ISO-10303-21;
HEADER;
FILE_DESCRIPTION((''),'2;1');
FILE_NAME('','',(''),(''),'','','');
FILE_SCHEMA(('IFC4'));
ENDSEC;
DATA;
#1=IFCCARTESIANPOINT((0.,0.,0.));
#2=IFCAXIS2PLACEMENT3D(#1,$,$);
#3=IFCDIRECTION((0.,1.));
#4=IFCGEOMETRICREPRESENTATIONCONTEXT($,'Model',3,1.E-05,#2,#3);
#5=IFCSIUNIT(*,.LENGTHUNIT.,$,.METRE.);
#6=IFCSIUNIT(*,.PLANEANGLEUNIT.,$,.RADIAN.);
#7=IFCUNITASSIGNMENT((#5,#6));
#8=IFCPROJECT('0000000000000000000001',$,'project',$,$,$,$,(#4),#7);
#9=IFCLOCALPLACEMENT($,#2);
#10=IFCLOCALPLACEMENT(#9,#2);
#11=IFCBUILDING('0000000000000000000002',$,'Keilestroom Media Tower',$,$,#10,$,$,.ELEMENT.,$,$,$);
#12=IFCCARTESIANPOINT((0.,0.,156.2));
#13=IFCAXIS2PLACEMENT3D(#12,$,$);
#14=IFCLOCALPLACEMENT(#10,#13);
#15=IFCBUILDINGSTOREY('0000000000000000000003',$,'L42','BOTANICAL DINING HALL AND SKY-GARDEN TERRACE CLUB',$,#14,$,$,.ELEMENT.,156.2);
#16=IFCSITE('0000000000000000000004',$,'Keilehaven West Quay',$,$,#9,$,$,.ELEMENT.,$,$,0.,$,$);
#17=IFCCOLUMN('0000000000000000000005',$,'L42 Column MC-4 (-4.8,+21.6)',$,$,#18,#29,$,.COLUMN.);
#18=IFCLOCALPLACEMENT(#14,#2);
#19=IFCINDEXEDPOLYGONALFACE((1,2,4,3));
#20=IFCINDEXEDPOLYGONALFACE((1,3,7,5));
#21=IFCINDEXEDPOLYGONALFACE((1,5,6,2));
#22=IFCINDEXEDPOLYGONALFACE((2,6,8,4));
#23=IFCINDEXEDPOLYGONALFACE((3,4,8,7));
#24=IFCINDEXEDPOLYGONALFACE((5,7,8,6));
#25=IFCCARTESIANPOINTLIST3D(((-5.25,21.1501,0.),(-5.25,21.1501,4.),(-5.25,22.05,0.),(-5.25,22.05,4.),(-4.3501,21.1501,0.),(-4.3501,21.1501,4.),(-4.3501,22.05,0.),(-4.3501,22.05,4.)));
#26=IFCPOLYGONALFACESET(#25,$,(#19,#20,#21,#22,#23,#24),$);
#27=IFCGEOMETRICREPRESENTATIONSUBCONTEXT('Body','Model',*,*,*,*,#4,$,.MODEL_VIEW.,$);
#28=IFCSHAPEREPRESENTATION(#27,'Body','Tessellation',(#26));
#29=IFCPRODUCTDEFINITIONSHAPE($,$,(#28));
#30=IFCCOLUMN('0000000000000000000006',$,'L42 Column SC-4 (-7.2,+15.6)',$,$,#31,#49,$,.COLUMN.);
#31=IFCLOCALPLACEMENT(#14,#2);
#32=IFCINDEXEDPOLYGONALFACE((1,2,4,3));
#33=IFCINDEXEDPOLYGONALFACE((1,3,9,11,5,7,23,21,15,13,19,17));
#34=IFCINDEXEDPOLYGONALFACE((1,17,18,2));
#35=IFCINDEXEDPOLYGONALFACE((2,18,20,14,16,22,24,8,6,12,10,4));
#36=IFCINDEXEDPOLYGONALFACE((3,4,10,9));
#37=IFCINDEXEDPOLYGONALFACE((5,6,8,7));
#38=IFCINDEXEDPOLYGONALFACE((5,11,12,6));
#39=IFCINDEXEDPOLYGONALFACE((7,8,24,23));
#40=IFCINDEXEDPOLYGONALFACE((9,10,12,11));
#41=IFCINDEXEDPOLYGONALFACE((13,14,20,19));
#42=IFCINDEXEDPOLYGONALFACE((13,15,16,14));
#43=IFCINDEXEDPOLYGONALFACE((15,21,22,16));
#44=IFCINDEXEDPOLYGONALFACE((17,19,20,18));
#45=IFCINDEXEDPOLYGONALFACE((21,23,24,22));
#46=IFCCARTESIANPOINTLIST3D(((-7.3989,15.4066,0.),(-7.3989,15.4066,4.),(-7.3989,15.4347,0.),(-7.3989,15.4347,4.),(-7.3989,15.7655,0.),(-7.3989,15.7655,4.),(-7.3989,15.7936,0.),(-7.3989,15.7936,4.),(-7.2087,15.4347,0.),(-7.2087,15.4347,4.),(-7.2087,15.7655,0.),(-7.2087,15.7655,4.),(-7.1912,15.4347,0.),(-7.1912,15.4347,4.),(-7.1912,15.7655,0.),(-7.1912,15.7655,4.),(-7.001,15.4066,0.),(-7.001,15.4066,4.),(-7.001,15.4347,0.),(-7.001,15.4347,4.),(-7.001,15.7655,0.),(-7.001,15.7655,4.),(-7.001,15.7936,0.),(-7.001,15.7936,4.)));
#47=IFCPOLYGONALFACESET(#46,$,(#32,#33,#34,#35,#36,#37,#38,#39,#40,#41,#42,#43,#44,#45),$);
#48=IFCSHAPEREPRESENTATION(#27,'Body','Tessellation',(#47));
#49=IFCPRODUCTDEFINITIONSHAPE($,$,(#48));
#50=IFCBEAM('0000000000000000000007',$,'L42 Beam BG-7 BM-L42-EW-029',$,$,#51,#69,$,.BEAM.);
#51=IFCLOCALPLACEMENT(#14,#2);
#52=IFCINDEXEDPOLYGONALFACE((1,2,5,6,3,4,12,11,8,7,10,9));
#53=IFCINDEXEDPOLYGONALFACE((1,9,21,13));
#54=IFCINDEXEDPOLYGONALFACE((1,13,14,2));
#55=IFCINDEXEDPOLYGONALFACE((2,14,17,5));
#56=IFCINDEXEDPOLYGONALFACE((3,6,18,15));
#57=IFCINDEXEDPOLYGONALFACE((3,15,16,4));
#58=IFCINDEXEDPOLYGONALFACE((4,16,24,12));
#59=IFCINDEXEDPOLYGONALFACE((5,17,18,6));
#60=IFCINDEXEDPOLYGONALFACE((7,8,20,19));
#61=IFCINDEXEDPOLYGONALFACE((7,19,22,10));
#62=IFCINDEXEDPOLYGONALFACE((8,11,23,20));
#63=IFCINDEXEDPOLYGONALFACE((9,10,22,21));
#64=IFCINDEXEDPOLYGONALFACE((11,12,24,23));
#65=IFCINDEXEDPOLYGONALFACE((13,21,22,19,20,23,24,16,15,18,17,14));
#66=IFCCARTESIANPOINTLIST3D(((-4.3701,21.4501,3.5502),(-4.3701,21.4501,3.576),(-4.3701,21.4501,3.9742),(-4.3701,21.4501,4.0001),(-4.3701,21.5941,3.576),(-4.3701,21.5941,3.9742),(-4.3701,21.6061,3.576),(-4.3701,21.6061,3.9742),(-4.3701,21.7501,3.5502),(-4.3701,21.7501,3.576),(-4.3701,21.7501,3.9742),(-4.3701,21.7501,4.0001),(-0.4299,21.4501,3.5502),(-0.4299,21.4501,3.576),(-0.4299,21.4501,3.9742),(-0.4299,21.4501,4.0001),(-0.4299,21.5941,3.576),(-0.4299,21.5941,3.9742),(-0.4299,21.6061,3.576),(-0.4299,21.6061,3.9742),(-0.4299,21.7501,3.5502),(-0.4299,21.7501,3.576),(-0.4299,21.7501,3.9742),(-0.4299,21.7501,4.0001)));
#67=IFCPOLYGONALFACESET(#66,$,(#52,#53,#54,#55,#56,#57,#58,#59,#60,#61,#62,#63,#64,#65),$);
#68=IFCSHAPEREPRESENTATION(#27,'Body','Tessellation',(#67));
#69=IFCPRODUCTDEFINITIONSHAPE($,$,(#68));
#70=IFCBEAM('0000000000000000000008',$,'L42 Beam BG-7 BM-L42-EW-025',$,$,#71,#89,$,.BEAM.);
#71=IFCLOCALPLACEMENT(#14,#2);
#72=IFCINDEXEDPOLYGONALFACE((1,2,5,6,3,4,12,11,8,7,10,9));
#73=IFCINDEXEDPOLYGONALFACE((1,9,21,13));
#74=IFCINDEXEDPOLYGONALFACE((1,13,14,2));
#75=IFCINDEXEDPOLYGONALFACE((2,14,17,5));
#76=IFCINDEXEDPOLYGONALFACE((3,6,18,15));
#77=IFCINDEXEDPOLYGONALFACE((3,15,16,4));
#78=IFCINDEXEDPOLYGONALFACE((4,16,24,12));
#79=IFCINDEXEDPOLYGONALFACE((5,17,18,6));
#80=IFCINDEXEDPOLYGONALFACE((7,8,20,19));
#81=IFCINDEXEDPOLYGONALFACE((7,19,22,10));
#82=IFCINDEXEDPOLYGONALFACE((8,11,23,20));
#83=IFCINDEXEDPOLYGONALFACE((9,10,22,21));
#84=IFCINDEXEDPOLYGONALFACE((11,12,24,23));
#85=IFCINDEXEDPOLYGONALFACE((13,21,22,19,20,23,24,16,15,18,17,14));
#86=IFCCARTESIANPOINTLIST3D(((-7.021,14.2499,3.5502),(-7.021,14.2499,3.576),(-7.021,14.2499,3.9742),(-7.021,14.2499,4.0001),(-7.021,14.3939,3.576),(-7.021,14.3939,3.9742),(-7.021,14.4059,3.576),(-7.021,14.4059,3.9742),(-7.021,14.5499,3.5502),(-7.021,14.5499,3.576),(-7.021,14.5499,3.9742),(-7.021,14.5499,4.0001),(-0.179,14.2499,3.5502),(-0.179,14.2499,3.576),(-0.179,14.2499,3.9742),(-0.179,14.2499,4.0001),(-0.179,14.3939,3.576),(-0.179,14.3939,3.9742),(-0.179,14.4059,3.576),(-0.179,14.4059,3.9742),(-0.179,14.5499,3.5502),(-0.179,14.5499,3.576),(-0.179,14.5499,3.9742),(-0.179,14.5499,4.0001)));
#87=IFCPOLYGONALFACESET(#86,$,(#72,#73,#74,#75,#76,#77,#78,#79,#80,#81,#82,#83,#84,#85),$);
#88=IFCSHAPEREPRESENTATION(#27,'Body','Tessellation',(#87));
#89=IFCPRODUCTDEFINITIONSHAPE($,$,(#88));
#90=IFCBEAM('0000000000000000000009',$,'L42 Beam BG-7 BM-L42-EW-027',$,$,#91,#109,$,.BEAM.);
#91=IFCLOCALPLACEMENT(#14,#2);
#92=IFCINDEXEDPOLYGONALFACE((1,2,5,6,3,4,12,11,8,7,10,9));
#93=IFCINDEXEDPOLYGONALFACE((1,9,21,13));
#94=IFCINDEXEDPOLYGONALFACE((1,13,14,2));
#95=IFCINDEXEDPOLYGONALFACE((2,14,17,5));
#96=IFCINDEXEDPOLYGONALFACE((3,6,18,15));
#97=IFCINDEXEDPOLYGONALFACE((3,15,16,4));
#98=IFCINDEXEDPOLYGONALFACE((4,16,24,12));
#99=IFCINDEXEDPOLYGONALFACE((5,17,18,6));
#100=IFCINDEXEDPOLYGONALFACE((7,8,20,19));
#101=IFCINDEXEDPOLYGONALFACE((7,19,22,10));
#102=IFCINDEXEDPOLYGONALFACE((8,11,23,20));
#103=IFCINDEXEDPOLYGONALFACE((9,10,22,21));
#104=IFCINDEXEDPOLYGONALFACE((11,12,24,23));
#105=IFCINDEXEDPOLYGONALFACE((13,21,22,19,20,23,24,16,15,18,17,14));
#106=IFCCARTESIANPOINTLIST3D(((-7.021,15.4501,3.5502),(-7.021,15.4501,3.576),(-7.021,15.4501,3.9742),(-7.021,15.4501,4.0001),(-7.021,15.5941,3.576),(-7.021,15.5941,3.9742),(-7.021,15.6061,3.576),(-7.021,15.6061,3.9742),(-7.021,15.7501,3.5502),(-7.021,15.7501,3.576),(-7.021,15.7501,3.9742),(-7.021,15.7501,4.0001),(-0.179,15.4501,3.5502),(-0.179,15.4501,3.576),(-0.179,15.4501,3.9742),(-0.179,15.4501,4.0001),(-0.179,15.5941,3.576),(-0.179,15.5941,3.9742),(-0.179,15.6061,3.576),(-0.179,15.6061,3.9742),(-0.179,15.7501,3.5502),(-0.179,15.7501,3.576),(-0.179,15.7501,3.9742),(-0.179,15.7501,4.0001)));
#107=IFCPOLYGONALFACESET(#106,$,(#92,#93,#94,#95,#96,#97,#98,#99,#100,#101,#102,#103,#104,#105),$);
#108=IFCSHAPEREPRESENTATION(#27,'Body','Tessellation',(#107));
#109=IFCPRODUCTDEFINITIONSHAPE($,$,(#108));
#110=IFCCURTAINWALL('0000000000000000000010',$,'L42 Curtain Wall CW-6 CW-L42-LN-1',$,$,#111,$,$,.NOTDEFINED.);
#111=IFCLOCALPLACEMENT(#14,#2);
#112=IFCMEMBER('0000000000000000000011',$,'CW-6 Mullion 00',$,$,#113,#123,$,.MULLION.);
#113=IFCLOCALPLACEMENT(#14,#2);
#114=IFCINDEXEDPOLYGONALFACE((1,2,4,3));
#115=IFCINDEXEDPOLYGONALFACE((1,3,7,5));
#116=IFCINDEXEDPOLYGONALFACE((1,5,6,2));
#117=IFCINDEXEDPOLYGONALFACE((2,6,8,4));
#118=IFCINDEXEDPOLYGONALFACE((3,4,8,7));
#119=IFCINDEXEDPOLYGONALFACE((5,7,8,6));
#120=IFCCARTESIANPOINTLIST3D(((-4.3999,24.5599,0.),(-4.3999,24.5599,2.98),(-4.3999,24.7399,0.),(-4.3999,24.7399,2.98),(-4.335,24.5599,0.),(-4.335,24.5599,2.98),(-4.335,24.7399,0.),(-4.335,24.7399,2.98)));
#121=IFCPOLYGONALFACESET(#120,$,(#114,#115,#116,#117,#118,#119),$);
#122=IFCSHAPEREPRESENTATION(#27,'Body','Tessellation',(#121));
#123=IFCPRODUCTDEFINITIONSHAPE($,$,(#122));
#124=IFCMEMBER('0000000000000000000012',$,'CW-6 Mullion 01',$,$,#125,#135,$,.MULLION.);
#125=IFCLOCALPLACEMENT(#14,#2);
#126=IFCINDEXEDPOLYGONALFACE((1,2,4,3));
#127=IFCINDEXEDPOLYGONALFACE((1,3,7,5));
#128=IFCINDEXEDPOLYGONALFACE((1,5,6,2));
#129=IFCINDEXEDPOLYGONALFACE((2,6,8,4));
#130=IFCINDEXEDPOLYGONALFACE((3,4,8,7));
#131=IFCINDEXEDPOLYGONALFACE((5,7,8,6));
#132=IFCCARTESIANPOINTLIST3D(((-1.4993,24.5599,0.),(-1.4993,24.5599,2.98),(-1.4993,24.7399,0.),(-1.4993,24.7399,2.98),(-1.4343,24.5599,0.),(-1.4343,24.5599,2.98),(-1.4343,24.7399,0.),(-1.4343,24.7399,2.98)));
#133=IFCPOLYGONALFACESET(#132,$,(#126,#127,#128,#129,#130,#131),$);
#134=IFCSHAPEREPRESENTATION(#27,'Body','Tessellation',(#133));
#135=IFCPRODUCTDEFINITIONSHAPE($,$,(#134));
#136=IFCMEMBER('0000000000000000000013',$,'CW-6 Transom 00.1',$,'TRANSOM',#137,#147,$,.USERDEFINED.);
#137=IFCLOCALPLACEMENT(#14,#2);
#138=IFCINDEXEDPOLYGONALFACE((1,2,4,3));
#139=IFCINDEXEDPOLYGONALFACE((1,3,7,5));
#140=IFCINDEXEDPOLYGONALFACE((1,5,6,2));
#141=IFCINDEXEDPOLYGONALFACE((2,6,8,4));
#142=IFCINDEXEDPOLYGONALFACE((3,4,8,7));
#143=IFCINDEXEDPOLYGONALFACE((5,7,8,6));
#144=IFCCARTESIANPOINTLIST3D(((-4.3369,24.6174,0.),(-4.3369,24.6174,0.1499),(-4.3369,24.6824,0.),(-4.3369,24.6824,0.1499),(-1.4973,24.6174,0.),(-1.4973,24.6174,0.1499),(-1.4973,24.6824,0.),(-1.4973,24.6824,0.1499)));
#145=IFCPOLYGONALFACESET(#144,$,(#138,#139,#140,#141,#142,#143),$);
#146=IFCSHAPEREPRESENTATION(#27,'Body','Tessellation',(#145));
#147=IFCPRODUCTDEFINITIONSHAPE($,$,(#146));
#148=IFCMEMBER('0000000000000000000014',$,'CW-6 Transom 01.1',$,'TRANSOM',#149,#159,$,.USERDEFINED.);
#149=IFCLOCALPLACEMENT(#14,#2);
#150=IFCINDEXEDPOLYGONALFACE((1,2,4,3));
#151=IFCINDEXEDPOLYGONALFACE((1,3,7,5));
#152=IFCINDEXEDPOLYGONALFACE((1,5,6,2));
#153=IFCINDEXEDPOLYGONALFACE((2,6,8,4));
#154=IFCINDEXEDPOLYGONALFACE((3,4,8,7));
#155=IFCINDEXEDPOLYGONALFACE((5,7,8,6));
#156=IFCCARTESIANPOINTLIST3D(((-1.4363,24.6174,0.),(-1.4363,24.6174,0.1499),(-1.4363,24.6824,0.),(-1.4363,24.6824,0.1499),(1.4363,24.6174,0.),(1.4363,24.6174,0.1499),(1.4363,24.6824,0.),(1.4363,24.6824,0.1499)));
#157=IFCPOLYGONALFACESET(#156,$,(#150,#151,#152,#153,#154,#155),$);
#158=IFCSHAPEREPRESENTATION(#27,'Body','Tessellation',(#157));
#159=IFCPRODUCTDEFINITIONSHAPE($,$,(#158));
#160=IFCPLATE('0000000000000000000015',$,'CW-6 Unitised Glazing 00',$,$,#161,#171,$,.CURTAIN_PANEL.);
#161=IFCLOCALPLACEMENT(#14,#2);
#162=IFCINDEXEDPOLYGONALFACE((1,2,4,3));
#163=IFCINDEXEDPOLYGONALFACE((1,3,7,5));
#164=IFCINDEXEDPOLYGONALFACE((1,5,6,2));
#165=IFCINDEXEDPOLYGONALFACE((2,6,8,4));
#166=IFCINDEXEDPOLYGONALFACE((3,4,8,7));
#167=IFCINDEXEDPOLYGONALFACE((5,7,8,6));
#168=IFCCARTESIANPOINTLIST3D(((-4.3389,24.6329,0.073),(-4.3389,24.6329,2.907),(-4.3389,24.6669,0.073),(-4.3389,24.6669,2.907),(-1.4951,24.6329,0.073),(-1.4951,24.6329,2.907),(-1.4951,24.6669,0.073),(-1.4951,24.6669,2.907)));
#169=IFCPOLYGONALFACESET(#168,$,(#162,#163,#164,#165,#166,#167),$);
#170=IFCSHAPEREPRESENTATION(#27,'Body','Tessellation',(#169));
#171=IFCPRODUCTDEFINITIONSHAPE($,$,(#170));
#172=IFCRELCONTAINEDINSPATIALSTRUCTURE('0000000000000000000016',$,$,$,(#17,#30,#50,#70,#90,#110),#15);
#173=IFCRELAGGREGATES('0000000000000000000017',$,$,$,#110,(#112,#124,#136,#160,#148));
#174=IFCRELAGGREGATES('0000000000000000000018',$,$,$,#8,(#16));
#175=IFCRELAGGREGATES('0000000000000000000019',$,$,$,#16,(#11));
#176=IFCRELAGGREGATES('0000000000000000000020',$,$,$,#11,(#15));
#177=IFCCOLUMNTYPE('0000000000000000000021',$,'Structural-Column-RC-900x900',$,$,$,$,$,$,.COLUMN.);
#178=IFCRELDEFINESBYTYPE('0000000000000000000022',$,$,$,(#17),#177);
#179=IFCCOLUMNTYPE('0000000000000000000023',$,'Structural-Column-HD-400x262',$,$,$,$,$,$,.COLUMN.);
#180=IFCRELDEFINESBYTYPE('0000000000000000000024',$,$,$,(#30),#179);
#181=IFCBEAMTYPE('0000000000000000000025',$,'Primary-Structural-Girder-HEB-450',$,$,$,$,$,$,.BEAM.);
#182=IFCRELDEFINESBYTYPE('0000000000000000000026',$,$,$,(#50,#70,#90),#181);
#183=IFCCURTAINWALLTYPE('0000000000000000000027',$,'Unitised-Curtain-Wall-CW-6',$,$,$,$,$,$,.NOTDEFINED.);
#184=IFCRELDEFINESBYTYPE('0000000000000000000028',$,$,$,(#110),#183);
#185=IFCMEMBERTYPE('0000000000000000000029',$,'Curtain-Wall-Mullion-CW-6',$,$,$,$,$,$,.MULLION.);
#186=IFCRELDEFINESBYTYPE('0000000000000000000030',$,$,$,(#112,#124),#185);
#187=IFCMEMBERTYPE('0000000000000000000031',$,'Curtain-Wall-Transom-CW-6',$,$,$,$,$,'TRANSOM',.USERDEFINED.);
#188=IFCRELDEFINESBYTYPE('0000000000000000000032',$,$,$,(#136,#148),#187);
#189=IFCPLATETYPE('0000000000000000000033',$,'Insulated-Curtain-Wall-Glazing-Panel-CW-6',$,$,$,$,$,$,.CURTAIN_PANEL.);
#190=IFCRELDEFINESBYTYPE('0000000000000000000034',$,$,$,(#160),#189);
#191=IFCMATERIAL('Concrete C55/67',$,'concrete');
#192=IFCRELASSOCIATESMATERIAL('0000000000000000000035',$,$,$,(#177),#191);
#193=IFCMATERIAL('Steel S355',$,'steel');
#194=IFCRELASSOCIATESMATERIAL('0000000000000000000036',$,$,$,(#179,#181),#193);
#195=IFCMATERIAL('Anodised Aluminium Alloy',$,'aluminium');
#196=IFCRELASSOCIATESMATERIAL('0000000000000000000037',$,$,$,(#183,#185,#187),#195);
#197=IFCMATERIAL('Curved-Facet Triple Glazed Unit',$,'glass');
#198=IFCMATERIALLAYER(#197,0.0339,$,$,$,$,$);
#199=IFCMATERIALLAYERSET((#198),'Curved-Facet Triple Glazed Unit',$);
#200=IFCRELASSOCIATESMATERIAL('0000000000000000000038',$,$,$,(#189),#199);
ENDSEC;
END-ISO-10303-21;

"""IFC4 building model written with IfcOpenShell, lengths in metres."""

from ifc_helpers import new_model, si_unit, direction, frame, origin, origin_2d, place, context, subcontext, project, spatial, rectangle, i_section, extrude, source, transform, mapped, material, layer, layer_set, material_profile, profile_set, type_object, element, aggregate, save


model = new_model("IFC4")

# Units and contexts
model_context = context("Model", 3, precision=1e-05, world=origin(), true_north=direction((0.0, 1.0)))
body_context = subcontext(model_context, "Body", "Model", "MODEL_VIEW")
ifc_project = project(units=[si_unit("LENGTHUNIT", "METRE"), si_unit("PLANEANGLEUNIT", "RADIAN")], contexts=[model_context])

# Site, building, storey
site_placement = place(None, origin())
site = spatial("IfcSite", under=ifc_project, at=site_placement, Name="Keilehaven West Quay", CompositionType="ELEMENT", RefElevation=0.0)
building_placement = place(site_placement, origin())
building = spatial("IfcBuilding", under=site, at=building_placement, Name="Keilestroom Media Tower", CompositionType="ELEMENT")
storey_placement = place(building_placement, frame((0.0, 0.0, 156.2)))
storey = spatial("IfcBuildingStorey", under=building, at=storey_placement, Name="L42", Description="BOTANICAL DINING HALL AND SKY-GARDEN TERRACE CLUB", CompositionType="ELEMENT", Elevation=156.2)

# Columns
ifc_material_1 = material(Name="Concrete C55/67", Category="concrete")
ifc_material_profile_1 = material_profile(ifc_material_1, rectangle(XDim=0.8999, YDim=0.8999, at=origin_2d()), Name="RC 900x900")
ifc_profile_set_1 = profile_set([ifc_material_profile_1], Name="Concrete C55/67")
column_type_1 = type_object("IfcColumnType", Name="Structural-Column-RC-900x900", PredefinedType="COLUMN", material=ifc_profile_set_1)
shared_shape_1 = source(origin(), body_context, "Body", "SweptSolid", [
    extrude(rectangle(XDim=0.8999, YDim=0.8999, at=origin_2d()), origin(), (0.0, 0.0, 1.0), 4.0),
])
column_1_placement = place(storey_placement, frame((-4.8, 21.6001, 0.0), z_axis=(0.0, 0.0, 1.0), x_axis=(1.0, 0.0, 0.0)))
element("IfcColumn", 1, at=column_1_placement, inside=storey, type_object=column_type_1, Name="L42 Column MC-4 (-4.8,+21.6)", PredefinedType="COLUMN", context=body_context, shape_type="MappedRepresentation", body=[
    mapped(shared_shape_1, transform((0.0, 0.0, 0.0), x_axis=(1.0, 0.0, 0.0), y_axis=(0.0, 1.0, 0.0), z_axis=(0.0, 0.0, 1.0), scale=1.0)),
])
ifc_material_2 = material(Name="Steel S355", Category="steel")
ifc_material_profile_2 = material_profile(ifc_material_2, i_section(OverallWidth=0.3979, OverallDepth=0.387, WebThickness=0.0176, FlangeThickness=0.0281, at=origin_2d()), Name="HD 400x262")
ifc_profile_set_2 = profile_set([ifc_material_profile_2], Name="Steel S355")
column_type_2 = type_object("IfcColumnType", Name="Structural-Column-HD-400x262", PredefinedType="COLUMN", material=ifc_profile_set_2)
shared_shape_2 = source(origin(), body_context, "Body", "SweptSolid", [
    extrude(i_section(OverallWidth=0.3979, OverallDepth=0.387, WebThickness=0.0176, FlangeThickness=0.0281, at=origin_2d()), origin(), (0.0, 0.0, 1.0), 4.0),
])
column_2_placement = place(storey_placement, frame((-7.2, 15.6001, 0.0), z_axis=(0.0, 0.0, 1.0), x_axis=(1.0, 0.0, 0.0)))
element("IfcColumn", 2, at=column_2_placement, inside=storey, type_object=column_type_2, Name="L42 Column SC-4 (-7.2,+15.6)", PredefinedType="COLUMN", context=body_context, shape_type="MappedRepresentation", body=[
    mapped(shared_shape_2, transform((0.0, 0.0, 0.0), x_axis=(1.0, 0.0, 0.0), y_axis=(0.0, 1.0, 0.0), z_axis=(0.0, 0.0, 1.0), scale=1.0)),
])

# Beams
ifc_material_profile_3 = material_profile(ifc_material_2, i_section(OverallWidth=0.3, OverallDepth=0.45, WebThickness=0.012, FlangeThickness=0.0259, at=origin_2d()), Name="HEB 450")
ifc_profile_set_3 = profile_set([ifc_material_profile_3], Name="Steel S355")
beam_type = type_object("IfcBeamType", Name="Primary-Structural-Girder-HEB-450", PredefinedType="BEAM", material=ifc_profile_set_3)
shared_shape_3 = source(origin(), body_context, "Body", "SweptSolid", [
    extrude(i_section(OverallWidth=0.3, OverallDepth=0.45, WebThickness=0.012, FlangeThickness=0.0259, at=origin_2d()), origin(), (0.0, 0.0, 1.0), 3.9402),
])
beam_placement = place(storey_placement, frame((-4.3701, 21.6001, 3.7751), z_axis=(1.0, 0.0, 0.0), x_axis=(0.0, 1.0, 0.0)))
element("IfcBeam", 3, at=beam_placement, inside=storey, type_object=beam_type, Name="L42 Beam BG-7 BM-L42-EW-029", PredefinedType="BEAM", context=body_context, shape_type="MappedRepresentation", body=[
    mapped(shared_shape_3, transform((0.0, 0.0, 0.0), x_axis=(1.0, 0.0, 0.0), y_axis=(0.0, 1.0, 0.0), z_axis=(0.0, 0.0, 1.0), scale=1.0)),
])
shared_shape_4 = source(origin(), body_context, "Body", "SweptSolid", [
    extrude(i_section(OverallWidth=0.3, OverallDepth=0.45, WebThickness=0.012, FlangeThickness=0.0259, at=origin_2d()), origin(), (0.0, 0.0, 1.0), 6.842),
])
for number, where, z_axis, x_axis, name in (
    (4, (-7.021, 14.3999, 3.7751), (1.0, 0.0, 0.0), (0.0, 1.0, 0.0), "L42 Beam BG-7 BM-L42-EW-025"),
    (5, (-7.021, 15.6001, 3.7751), (1.0, 0.0, 0.0), (0.0, 1.0, 0.0), "L42 Beam BG-7 BM-L42-EW-027"),
):
    element("IfcBeam", number, at=place(storey_placement, frame(where, z_axis=z_axis, x_axis=x_axis)), inside=storey, type_object=beam_type, Name=name, PredefinedType="BEAM", context=body_context, shape_type="MappedRepresentation", body=[
        mapped(shared_shape_4, transform((0.0, 0.0, 0.0), x_axis=(1.0, 0.0, 0.0), y_axis=(0.0, 1.0, 0.0), z_axis=(0.0, 0.0, 1.0), scale=1.0)),
    ])

# Curtain wall, members, plate
ifc_material_3 = material(Name="Anodised Aluminium Alloy", Category="aluminium")
curtain_wall_type = type_object("IfcCurtainWallType", Name="Unitised-Curtain-Wall-CW-6", PredefinedType="NOTDEFINED", material=ifc_material_3)
curtain_wall_placement = place(storey_placement, origin())
curtain_wall = element("IfcCurtainWall", 6, at=curtain_wall_placement, inside=storey, type_object=curtain_wall_type, Name="L42 Curtain Wall CW-6 CW-L42-LN-1", PredefinedType="NOTDEFINED")
ifc_material_profile_4 = material_profile(ifc_material_3, rectangle(XDim=0.0649, YDim=0.1799, at=origin_2d()), Name="ALU MULLION 65x180")
ifc_profile_set_4 = profile_set([ifc_material_profile_4], Name="Anodised Aluminium Alloy")
member_type_1 = type_object("IfcMemberType", Name="Curtain-Wall-Mullion-CW-6", PredefinedType="MULLION", material=ifc_profile_set_4)
shared_shape_5 = source(origin(), body_context, "Body", "SweptSolid", [
    extrude(rectangle(XDim=0.0649, YDim=0.1799, at=origin_2d()), origin(), (0.0, 0.0, 1.0), 2.98),
])
member_1_placement = place(storey_placement, frame((-4.3674, 24.6499, 0.0), z_axis=(0.0, 0.0, 1.0), x_axis=(1.0, 0.0, 0.0)))
member_1 = element("IfcMember", 7, at=member_1_placement, type_object=member_type_1, Name="CW-6 Mullion 00", PredefinedType="MULLION", context=body_context, shape_type="MappedRepresentation", body=[
    mapped(shared_shape_5, transform((0.0, 0.0, 0.0), x_axis=(1.0, 0.0, 0.0), y_axis=(0.0, 1.0, 0.0), z_axis=(0.0, 0.0, 1.0), scale=1.0)),
])
member_2_placement = place(storey_placement, frame((-1.4668, 24.6499, 0.0), z_axis=(0.0, 0.0, 1.0), x_axis=(1.0, 0.0, 0.0)))
member_2 = element("IfcMember", 8, at=member_2_placement, type_object=member_type_1, Name="CW-6 Mullion 01", PredefinedType="MULLION", context=body_context, shape_type="MappedRepresentation", body=[
    mapped(shared_shape_5, transform((0.0, 0.0, 0.0), x_axis=(1.0, 0.0, 0.0), y_axis=(0.0, 1.0, 0.0), z_axis=(0.0, 0.0, 1.0), scale=1.0)),
])
ifc_material_profile_5 = material_profile(ifc_material_3, rectangle(XDim=0.0649, YDim=0.1499, at=origin_2d()), Name="ALU TRANSOM 65x150")
ifc_profile_set_5 = profile_set([ifc_material_profile_5], Name="Anodised Aluminium Alloy")
member_type_2 = type_object("IfcMemberType", Name="Curtain-Wall-Transom-CW-6", ElementType="TRANSOM", PredefinedType="USERDEFINED", material=ifc_profile_set_5)
shared_shape_6 = source(origin(), body_context, "Body", "SweptSolid", [
    extrude(rectangle(XDim=0.0649, YDim=0.1499, at=origin_2d()), origin(), (0.0, 0.0, 1.0), 2.8396),
])
member_3_placement = place(storey_placement, frame((-4.3369, 24.6499, 0.075), z_axis=(1.0, 0.0, 0.0), x_axis=(0.0, 1.0, 0.0)))
member_3 = element("IfcMember", 9, at=member_3_placement, type_object=member_type_2, Name="CW-6 Transom 00.1", ObjectType="TRANSOM", PredefinedType="USERDEFINED", context=body_context, shape_type="MappedRepresentation", body=[
    mapped(shared_shape_6, transform((0.0, 0.0, 0.0), x_axis=(1.0, 0.0, 0.0), y_axis=(0.0, 1.0, 0.0), z_axis=(0.0, 0.0, 1.0), scale=1.0)),
])
shared_shape_7 = source(origin(), body_context, "Body", "SweptSolid", [
    extrude(rectangle(XDim=0.0649, YDim=0.1499, at=origin_2d()), origin(), (0.0, 0.0, 1.0), 2.8726),
])
member_4_placement = place(storey_placement, frame((-1.4363, 24.6499, 0.075), z_axis=(1.0, 0.0, 0.0), x_axis=(0.0, 1.0, 0.0)))
member_4 = element("IfcMember", 10, at=member_4_placement, type_object=member_type_2, Name="CW-6 Transom 01.1", ObjectType="TRANSOM", PredefinedType="USERDEFINED", context=body_context, shape_type="MappedRepresentation", body=[
    mapped(shared_shape_7, transform((0.0, 0.0, 0.0), x_axis=(1.0, 0.0, 0.0), y_axis=(0.0, 1.0, 0.0), z_axis=(0.0, 0.0, 1.0), scale=1.0)),
])
ifc_material_4 = material(Name="Curved-Facet Triple Glazed Unit", Category="glass")
ifc_layer_1 = layer(ifc_material_4, 0.0339)
ifc_layer_set_1 = layer_set([ifc_layer_1], Name="Curved-Facet Triple Glazed Unit")
plate_type = type_object("IfcPlateType", Name="Insulated-Curtain-Wall-Glazing-Panel-CW-6", PredefinedType="CURTAIN_PANEL", material=ifc_layer_set_1)
shared_shape_8 = source(origin(), body_context, "Body", "SweptSolid", [
    extrude(rectangle(XDim=2.8438, YDim=0.0339, at=origin_2d()), origin(), (0.0, 0.0, 1.0), 2.834),
])
plate_placement = place(storey_placement, frame((-2.917, 24.6499, 0.073), z_axis=(0.0, 0.0, 1.0), x_axis=(1.0, 0.0, 0.0)))
plate = element("IfcPlate", 11, at=plate_placement, type_object=plate_type, Name="CW-6 Unitised Glazing 00", PredefinedType="CURTAIN_PANEL", context=body_context, shape_type="MappedRepresentation", body=[
    mapped(shared_shape_8, transform((0.0, 0.0, 0.0), x_axis=(1.0, 0.0, 0.0), y_axis=(0.0, 1.0, 0.0), z_axis=(0.0, 0.0, 1.0), scale=1.0)),
])
aggregate(curtain_wall, [member_1, member_2, member_3, plate, member_4])

save(model, "model.ifc")
